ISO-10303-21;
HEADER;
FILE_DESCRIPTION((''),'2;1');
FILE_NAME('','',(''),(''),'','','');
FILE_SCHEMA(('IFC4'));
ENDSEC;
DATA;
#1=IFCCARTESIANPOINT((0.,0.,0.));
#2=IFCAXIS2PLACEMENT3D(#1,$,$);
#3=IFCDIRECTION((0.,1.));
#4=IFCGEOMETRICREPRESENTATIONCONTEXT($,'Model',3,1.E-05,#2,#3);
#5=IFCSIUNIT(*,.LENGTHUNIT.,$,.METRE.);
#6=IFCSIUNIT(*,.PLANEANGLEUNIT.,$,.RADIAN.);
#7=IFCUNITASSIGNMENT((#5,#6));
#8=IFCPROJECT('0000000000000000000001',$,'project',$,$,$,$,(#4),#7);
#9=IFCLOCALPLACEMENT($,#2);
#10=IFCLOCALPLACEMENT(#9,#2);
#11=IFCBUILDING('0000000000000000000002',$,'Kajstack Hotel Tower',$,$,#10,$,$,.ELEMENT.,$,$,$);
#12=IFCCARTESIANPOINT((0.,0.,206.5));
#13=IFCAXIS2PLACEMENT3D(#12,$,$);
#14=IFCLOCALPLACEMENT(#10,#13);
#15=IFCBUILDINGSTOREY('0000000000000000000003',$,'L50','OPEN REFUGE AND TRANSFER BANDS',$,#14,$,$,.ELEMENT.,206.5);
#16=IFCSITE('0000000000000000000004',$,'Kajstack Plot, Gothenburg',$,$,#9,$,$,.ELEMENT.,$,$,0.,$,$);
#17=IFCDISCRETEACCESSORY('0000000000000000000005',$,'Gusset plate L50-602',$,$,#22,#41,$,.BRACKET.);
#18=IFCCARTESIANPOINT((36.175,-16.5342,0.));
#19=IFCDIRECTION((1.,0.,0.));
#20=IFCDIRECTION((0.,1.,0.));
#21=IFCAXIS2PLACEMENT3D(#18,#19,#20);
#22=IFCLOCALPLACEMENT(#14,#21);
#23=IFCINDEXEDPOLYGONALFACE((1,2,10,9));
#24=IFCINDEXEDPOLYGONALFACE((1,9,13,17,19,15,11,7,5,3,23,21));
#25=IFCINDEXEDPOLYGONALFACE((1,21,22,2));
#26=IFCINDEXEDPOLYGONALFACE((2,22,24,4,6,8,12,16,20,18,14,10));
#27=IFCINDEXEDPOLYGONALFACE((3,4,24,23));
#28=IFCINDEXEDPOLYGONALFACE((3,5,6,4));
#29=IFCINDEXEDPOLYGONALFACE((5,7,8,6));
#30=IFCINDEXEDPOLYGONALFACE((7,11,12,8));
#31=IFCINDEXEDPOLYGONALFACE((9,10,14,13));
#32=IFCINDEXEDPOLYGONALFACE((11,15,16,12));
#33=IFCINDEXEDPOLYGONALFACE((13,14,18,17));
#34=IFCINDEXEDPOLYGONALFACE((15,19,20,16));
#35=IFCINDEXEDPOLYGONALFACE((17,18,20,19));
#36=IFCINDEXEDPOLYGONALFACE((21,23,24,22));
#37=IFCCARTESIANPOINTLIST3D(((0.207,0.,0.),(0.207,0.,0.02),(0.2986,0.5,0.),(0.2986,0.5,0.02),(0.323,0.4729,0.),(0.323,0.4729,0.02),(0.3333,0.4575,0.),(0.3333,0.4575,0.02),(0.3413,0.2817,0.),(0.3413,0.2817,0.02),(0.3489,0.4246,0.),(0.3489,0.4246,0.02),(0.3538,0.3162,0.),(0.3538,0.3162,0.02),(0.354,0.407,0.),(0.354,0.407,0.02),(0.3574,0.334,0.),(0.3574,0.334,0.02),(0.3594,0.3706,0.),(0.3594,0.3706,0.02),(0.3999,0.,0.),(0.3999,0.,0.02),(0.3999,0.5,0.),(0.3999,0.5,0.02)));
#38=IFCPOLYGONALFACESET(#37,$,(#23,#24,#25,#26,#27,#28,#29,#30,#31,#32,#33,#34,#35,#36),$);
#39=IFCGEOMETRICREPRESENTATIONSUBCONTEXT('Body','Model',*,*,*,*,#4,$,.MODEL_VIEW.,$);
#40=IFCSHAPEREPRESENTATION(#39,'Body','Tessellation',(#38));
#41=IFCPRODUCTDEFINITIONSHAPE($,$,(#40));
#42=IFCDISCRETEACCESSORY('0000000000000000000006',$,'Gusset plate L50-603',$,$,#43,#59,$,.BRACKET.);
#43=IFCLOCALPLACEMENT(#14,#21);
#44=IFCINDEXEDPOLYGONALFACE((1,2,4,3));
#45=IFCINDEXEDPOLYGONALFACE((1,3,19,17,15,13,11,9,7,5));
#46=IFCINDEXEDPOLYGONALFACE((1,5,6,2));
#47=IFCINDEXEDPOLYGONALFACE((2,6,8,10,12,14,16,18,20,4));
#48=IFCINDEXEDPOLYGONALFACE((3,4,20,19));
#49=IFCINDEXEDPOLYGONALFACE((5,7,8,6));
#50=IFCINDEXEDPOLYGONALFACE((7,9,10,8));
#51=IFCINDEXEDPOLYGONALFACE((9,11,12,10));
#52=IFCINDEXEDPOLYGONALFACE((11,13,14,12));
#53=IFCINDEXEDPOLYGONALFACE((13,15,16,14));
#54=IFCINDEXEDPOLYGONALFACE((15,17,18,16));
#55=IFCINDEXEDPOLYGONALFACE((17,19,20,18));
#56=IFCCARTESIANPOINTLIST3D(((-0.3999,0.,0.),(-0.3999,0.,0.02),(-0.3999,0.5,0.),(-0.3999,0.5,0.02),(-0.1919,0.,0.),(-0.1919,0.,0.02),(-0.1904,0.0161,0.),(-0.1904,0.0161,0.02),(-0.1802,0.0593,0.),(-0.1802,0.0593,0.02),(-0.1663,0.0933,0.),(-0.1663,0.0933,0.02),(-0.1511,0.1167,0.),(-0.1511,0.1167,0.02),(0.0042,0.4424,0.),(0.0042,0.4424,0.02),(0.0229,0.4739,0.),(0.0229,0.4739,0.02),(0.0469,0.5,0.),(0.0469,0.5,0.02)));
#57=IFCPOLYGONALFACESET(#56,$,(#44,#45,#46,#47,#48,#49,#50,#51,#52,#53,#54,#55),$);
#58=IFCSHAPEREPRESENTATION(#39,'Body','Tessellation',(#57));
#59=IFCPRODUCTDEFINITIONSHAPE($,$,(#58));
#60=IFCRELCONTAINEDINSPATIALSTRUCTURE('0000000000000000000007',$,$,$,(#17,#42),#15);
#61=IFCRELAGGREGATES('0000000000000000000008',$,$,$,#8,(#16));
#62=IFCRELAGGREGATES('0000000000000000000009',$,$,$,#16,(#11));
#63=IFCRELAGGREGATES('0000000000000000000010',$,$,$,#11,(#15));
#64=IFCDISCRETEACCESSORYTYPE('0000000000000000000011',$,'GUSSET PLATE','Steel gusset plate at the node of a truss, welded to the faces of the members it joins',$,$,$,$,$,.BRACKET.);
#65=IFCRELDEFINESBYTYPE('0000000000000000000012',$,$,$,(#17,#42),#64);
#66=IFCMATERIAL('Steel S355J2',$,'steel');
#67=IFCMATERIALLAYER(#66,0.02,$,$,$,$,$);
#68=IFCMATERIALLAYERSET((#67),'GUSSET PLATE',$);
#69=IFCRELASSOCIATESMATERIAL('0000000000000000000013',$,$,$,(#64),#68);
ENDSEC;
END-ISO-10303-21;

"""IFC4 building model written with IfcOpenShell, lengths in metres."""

from ifc_helpers import new_model, si_unit, direction, frame, origin, place, context, subcontext, project, spatial, polyline, outline, extrude, material, layer, layer_set, type_object, element, save


model = new_model("IFC4")

# Units and contexts
model_context = context("Model", 3, precision=1e-05, world=origin(), true_north=direction((0.0, 1.0)))
body_context = subcontext(model_context, "Body", "Model", "MODEL_VIEW")
ifc_project = project(units=[si_unit("LENGTHUNIT", "METRE"), si_unit("PLANEANGLEUNIT", "RADIAN")], contexts=[model_context])

# Site, building, storey
site_placement = place(None, origin())
site = spatial("IfcSite", under=ifc_project, at=site_placement, Name="Kajstack Plot, Gothenburg", CompositionType="ELEMENT", RefElevation=0.0)
building_placement = place(site_placement, origin())
building = spatial("IfcBuilding", under=site, at=building_placement, Name="Kajstack Hotel Tower", CompositionType="ELEMENT")
storey_placement = place(building_placement, frame((0.0, 0.0, 206.5)))
storey = spatial("IfcBuildingStorey", under=building, at=storey_placement, Name="L50", Description="OPEN REFUGE AND TRANSFER BANDS", CompositionType="ELEMENT", Elevation=206.5)

# Shared definitions
ifc_material = material(Name="Steel S355J2", Category="steel")

# Discrete accessories
ifc_layer = layer(ifc_material, 0.02)
ifc_layer_set = layer_set([ifc_layer], Name="GUSSET PLATE")
discrete_accessory_type = type_object("IfcDiscreteAccessoryType", Name="GUSSET PLATE", Description="Steel gusset plate at the node of a truss, welded to the faces of the members it joins", PredefinedType="BRACKET", material=ifc_layer_set)
discrete_accessory_1_placement = place(storey_placement, frame((36.175, -16.5342, 0.0), z_axis=(1.0, 0.0, 0.0), x_axis=(0.0, 1.0, 0.0)))
element("IfcDiscreteAccessory", 1, at=discrete_accessory_1_placement, inside=storey, type_object=discrete_accessory_type, Name="Gusset plate L50-602", PredefinedType="BRACKET", context=body_context, shape_type="SweptSolid", body=[
    extrude(outline(polyline([(0.3999, 0.5), (0.2986, 0.5), (0.323, 0.4729), (0.3333, 0.4575), (0.3489, 0.4246), (0.354, 0.407), (0.3594, 0.3706), (0.3574, 0.334), (0.3538, 0.3162), (0.3413, 0.2817), (0.207, 0.0), (0.3999, 0.0), (0.3999, 0.5)])), origin(), (0.0, 0.0, 1.0), 0.02),
])
discrete_accessory_2_placement = place(storey_placement, frame((36.175, -16.5342, 0.0), z_axis=(1.0, 0.0, 0.0), x_axis=(0.0, 1.0, 0.0)))
element("IfcDiscreteAccessory", 2, at=discrete_accessory_2_placement, inside=storey, type_object=discrete_accessory_type, Name="Gusset plate L50-603", PredefinedType="BRACKET", context=body_context, shape_type="SweptSolid", body=[
    extrude(outline(polyline([(-0.3999, 0.0), (-0.1919, 0.0), (-0.1904, 0.0161), (-0.1802, 0.0593), (-0.1663, 0.0933), (-0.1511, 0.1167), (0.0042, 0.4424), (0.0229, 0.4739), (0.0469, 0.5), (-0.3999, 0.5), (-0.3999, 0.0)])), origin(), (0.0, 0.0, 1.0), 0.02),
])

save(model, "model.ifc")
